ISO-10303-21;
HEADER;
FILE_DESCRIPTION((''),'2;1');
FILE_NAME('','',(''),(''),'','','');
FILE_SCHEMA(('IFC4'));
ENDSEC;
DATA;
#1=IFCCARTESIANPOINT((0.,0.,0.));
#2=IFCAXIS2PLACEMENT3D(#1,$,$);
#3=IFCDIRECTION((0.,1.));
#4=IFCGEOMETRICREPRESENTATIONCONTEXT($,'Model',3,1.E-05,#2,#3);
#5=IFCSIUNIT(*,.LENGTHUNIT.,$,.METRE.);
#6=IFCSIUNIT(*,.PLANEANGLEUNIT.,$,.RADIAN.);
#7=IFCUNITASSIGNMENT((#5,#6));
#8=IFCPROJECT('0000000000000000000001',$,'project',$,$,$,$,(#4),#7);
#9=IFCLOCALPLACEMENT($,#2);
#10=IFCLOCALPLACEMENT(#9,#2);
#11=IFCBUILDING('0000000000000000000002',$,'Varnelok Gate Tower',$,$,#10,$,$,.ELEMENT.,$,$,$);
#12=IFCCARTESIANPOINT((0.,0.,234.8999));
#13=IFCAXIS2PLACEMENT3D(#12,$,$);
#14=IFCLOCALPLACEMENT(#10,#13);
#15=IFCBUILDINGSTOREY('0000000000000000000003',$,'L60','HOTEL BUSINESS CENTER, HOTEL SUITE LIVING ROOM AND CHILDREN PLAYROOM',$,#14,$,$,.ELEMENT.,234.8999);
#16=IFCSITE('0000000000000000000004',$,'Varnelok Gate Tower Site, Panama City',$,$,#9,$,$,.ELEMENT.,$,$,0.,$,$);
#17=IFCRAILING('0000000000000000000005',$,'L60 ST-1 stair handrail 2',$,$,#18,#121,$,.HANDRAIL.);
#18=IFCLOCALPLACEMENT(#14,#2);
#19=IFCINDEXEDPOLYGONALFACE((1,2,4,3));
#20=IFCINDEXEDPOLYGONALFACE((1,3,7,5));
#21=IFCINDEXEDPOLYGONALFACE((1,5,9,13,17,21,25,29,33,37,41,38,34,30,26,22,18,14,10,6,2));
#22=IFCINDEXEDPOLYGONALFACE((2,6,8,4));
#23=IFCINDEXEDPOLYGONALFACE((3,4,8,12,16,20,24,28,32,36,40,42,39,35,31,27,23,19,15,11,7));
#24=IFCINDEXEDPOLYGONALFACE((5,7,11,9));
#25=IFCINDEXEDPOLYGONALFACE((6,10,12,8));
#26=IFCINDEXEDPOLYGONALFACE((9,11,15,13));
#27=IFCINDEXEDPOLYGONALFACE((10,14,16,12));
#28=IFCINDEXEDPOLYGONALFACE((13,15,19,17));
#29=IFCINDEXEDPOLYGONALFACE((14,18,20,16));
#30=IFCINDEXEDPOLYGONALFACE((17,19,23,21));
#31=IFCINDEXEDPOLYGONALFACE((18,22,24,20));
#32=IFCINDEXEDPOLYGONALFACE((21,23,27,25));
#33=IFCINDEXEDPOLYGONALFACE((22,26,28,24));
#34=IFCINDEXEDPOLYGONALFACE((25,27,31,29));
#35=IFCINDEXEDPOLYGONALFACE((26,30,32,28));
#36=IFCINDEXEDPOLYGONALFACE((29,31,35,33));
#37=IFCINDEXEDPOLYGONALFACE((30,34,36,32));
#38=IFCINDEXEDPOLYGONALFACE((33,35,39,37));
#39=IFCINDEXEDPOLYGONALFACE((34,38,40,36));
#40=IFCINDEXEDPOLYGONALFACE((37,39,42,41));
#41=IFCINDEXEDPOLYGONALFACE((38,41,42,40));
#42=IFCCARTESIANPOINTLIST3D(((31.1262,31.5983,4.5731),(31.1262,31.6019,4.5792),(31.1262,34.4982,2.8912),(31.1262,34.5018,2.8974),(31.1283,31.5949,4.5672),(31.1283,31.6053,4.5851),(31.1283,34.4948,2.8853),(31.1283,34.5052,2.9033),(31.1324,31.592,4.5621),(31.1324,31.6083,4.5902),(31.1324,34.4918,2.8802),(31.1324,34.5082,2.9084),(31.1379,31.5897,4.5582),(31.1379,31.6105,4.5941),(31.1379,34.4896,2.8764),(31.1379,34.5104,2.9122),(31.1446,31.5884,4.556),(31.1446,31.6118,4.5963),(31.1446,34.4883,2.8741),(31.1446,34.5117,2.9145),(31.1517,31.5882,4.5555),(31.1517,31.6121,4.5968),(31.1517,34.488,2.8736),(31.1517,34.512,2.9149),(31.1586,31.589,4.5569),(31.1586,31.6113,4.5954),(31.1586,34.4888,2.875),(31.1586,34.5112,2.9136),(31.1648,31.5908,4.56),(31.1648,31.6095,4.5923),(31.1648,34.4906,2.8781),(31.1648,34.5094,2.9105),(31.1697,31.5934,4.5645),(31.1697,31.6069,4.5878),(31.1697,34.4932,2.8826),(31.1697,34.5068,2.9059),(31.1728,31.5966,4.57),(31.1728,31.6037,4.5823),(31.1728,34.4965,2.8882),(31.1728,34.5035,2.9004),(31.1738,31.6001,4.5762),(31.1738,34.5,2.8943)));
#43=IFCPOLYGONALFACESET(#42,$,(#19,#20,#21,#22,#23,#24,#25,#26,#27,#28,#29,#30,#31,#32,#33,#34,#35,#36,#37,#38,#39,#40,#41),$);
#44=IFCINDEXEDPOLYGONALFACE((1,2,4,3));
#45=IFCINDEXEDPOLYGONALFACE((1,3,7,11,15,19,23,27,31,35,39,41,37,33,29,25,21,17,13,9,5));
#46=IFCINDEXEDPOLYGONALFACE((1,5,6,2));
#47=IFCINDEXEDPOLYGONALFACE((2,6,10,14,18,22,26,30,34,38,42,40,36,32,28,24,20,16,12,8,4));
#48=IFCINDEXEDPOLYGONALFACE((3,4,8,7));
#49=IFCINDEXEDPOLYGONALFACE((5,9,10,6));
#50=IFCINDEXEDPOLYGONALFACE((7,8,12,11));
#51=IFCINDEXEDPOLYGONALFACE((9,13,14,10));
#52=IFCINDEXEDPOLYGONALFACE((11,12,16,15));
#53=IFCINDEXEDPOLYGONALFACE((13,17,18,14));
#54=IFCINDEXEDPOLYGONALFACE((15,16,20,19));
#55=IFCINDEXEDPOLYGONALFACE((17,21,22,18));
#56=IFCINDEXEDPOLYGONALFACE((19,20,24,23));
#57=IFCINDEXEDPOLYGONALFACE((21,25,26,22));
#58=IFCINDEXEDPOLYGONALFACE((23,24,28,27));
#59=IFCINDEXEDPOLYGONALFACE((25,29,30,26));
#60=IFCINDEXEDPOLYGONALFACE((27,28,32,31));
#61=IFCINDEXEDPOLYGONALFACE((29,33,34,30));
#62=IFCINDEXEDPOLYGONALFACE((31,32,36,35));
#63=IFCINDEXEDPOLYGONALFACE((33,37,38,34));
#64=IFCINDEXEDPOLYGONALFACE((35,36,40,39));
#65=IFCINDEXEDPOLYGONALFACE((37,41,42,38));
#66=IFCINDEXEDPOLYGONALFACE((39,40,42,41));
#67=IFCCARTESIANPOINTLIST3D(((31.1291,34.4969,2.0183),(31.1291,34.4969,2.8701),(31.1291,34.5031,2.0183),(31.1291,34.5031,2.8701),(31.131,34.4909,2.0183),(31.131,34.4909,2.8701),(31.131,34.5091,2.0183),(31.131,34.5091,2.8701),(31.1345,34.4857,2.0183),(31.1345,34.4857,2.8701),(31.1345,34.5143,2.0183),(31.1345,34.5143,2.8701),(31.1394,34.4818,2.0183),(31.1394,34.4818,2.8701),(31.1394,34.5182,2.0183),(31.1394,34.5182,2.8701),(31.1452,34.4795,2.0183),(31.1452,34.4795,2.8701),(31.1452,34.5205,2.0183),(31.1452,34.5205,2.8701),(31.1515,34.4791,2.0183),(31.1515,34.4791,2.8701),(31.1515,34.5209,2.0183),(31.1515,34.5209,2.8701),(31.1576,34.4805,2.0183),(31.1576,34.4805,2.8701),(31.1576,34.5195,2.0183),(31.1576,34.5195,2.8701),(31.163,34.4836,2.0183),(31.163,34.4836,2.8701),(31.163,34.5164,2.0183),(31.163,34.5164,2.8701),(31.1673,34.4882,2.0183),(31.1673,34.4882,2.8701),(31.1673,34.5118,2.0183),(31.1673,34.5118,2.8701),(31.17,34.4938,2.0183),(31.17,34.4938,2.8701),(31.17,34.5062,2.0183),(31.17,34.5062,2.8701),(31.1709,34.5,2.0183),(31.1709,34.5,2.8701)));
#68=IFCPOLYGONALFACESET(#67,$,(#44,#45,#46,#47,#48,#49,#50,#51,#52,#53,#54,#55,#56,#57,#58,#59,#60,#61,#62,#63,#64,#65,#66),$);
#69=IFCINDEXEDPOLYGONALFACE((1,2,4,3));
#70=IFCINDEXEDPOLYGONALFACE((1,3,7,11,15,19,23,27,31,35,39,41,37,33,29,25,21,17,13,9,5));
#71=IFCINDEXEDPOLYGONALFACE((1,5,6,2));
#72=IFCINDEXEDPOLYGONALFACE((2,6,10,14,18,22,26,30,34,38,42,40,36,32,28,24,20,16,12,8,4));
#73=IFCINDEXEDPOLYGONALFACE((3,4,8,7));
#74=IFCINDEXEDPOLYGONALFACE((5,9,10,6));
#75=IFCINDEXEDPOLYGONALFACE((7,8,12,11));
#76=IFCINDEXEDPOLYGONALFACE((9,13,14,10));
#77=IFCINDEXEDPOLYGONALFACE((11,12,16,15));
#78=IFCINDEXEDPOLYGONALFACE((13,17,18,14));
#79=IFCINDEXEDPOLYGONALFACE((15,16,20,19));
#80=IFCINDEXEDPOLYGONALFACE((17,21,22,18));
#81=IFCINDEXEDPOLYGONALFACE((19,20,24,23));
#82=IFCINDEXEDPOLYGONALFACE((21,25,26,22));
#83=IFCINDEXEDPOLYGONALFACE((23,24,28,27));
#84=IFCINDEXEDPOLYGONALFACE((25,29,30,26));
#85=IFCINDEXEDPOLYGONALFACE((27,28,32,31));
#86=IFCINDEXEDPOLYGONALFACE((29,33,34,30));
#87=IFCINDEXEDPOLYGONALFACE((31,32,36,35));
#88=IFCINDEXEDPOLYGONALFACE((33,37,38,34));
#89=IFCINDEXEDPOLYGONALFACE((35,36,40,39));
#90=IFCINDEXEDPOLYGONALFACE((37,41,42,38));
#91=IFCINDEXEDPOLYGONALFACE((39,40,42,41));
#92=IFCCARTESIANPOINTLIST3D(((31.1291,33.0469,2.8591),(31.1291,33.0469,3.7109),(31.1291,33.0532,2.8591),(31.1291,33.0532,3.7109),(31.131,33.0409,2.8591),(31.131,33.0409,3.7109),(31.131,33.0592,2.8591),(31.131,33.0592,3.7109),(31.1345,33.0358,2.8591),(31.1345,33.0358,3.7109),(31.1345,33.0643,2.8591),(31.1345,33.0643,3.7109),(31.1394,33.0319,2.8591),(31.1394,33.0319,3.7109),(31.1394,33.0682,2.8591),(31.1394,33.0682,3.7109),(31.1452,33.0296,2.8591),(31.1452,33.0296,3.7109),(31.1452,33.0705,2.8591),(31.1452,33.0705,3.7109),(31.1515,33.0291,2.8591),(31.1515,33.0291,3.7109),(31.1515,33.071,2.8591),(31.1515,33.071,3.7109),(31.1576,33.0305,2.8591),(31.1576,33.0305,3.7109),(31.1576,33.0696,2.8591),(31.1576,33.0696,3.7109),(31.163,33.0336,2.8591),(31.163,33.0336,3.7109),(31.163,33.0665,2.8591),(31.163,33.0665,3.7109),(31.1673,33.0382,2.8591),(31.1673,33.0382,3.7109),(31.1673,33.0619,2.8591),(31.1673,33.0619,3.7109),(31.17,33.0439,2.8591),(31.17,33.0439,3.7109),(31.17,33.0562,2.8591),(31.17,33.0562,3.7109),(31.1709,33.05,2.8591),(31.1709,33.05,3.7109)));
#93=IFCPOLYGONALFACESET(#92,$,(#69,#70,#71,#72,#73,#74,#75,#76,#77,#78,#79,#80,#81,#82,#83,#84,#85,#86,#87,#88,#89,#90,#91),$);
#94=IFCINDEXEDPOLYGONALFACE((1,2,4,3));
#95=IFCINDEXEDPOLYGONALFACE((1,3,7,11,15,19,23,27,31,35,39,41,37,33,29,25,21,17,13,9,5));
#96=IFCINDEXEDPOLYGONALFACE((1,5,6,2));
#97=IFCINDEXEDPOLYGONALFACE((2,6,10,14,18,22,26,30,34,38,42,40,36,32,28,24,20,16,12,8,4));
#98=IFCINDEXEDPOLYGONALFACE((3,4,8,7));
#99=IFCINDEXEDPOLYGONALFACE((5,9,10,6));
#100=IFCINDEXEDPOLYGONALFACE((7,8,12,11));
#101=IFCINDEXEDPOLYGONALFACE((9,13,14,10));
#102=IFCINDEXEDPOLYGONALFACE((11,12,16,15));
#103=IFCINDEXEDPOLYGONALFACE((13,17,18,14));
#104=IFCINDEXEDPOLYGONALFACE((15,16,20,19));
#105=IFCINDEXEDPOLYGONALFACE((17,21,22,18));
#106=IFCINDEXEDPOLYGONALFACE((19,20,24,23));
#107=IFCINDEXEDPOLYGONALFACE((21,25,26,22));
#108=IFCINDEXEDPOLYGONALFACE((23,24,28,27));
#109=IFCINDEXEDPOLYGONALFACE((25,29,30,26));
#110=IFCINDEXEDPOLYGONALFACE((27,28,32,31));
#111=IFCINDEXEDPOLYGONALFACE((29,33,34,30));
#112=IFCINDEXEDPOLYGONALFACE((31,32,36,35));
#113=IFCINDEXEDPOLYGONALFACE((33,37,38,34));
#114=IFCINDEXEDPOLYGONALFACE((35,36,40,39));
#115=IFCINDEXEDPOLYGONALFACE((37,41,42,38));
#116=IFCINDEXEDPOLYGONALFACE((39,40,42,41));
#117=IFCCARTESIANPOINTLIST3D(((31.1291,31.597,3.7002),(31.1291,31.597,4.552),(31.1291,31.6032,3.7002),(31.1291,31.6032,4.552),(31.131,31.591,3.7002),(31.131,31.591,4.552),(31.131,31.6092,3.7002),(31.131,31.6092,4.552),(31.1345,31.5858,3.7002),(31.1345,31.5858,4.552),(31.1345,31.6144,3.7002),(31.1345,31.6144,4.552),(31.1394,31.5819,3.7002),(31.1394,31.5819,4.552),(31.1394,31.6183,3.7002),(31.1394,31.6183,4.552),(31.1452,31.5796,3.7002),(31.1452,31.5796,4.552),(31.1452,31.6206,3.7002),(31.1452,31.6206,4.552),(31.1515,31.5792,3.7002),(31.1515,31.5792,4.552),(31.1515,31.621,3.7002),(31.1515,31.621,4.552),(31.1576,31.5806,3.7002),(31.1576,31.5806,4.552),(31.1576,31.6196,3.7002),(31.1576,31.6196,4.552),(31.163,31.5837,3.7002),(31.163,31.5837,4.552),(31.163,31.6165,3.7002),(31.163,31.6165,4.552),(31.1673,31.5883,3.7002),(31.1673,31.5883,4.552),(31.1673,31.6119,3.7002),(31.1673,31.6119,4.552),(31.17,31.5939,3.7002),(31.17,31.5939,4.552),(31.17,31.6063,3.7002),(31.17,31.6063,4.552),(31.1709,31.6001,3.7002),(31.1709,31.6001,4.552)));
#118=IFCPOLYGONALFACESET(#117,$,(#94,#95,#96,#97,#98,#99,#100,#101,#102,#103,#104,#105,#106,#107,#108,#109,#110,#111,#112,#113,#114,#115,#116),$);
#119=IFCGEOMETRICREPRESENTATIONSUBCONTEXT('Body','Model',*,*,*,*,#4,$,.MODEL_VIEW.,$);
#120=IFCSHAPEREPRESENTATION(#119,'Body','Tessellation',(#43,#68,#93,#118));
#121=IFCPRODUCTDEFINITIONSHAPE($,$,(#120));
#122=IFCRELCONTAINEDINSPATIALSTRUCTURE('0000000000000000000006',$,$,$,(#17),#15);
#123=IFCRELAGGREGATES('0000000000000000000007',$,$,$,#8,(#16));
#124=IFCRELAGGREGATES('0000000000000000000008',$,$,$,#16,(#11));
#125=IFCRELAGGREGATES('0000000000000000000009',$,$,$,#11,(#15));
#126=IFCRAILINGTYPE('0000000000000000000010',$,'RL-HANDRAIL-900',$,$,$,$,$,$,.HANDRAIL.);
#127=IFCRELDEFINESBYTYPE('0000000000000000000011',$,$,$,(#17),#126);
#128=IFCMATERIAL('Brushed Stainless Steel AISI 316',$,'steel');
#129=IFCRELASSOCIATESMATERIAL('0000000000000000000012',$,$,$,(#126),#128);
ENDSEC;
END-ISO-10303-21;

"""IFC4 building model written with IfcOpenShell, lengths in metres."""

from ifc_helpers import new_model, si_unit, direction, frame, origin, origin_2d, place, context, subcontext, project, spatial, circle, extrude, material, type_object, element, save


model = new_model("IFC4")

# Units and contexts
model_context = context("Model", 3, precision=1e-05, world=origin(), true_north=direction((0.0, 1.0)))
body_context = subcontext(model_context, "Body", "Model", "MODEL_VIEW")
ifc_project = project(units=[si_unit("LENGTHUNIT", "METRE"), si_unit("PLANEANGLEUNIT", "RADIAN")], contexts=[model_context])

# Site, building, storey
site_placement = place(None, origin())
site = spatial("IfcSite", under=ifc_project, at=site_placement, Name="Varnelok Gate Tower Site, Panama City", CompositionType="ELEMENT", RefElevation=0.0)
building_placement = place(site_placement, origin())
building = spatial("IfcBuilding", under=site, at=building_placement, Name="Varnelok Gate Tower", CompositionType="ELEMENT")
storey_placement = place(building_placement, frame((0.0, 0.0, 234.8999)))
storey = spatial("IfcBuildingStorey", under=building, at=storey_placement, Name="L60", Description="HOTEL BUSINESS CENTER, HOTEL SUITE LIVING ROOM AND CHILDREN PLAYROOM", CompositionType="ELEMENT", Elevation=234.8999)

# Railing
ifc_material_1 = material(Name="Brushed Stainless Steel AISI 316", Category="steel")
railing_type_1 = type_object("IfcRailingType", Name="RL-HANDRAIL-900", PredefinedType="HANDRAIL", material=ifc_material_1)
railing_1_placement = place(storey_placement, frame((31.1499, 34.5, 2.0183)))
element("IfcRailing", 1, at=railing_1_placement, inside=storey, type_object=railing_type_1, Name="L60 ST-1 stair handrail 2", PredefinedType="HANDRAIL", context=body_context, shape_type="SweptSolid", body=[
    extrude(circle(Radius=0.0239, at=origin_2d()), frame((0.0, 0.0, 0.876), z_axis=(0.0, -0.865039, 0.501705), x_axis=(1.0, 0.0, 0.0)), (0.0, 0.0, 1.0), 3.3523),
    extrude(circle(Radius=0.021, at=origin_2d()), origin(), (0.0, 0.0, 1.0), 0.8518),
    extrude(circle(Radius=0.021, at=origin_2d()), frame((0.0, -1.45, 0.8408)), (0.0, 0.0, 1.0), 0.8518),
    extrude(circle(Radius=0.021, at=origin_2d()), frame((0.0, -2.8999, 1.6819)), (0.0, 0.0, 1.0), 0.8518),
])

save(model, "model.ifc")
